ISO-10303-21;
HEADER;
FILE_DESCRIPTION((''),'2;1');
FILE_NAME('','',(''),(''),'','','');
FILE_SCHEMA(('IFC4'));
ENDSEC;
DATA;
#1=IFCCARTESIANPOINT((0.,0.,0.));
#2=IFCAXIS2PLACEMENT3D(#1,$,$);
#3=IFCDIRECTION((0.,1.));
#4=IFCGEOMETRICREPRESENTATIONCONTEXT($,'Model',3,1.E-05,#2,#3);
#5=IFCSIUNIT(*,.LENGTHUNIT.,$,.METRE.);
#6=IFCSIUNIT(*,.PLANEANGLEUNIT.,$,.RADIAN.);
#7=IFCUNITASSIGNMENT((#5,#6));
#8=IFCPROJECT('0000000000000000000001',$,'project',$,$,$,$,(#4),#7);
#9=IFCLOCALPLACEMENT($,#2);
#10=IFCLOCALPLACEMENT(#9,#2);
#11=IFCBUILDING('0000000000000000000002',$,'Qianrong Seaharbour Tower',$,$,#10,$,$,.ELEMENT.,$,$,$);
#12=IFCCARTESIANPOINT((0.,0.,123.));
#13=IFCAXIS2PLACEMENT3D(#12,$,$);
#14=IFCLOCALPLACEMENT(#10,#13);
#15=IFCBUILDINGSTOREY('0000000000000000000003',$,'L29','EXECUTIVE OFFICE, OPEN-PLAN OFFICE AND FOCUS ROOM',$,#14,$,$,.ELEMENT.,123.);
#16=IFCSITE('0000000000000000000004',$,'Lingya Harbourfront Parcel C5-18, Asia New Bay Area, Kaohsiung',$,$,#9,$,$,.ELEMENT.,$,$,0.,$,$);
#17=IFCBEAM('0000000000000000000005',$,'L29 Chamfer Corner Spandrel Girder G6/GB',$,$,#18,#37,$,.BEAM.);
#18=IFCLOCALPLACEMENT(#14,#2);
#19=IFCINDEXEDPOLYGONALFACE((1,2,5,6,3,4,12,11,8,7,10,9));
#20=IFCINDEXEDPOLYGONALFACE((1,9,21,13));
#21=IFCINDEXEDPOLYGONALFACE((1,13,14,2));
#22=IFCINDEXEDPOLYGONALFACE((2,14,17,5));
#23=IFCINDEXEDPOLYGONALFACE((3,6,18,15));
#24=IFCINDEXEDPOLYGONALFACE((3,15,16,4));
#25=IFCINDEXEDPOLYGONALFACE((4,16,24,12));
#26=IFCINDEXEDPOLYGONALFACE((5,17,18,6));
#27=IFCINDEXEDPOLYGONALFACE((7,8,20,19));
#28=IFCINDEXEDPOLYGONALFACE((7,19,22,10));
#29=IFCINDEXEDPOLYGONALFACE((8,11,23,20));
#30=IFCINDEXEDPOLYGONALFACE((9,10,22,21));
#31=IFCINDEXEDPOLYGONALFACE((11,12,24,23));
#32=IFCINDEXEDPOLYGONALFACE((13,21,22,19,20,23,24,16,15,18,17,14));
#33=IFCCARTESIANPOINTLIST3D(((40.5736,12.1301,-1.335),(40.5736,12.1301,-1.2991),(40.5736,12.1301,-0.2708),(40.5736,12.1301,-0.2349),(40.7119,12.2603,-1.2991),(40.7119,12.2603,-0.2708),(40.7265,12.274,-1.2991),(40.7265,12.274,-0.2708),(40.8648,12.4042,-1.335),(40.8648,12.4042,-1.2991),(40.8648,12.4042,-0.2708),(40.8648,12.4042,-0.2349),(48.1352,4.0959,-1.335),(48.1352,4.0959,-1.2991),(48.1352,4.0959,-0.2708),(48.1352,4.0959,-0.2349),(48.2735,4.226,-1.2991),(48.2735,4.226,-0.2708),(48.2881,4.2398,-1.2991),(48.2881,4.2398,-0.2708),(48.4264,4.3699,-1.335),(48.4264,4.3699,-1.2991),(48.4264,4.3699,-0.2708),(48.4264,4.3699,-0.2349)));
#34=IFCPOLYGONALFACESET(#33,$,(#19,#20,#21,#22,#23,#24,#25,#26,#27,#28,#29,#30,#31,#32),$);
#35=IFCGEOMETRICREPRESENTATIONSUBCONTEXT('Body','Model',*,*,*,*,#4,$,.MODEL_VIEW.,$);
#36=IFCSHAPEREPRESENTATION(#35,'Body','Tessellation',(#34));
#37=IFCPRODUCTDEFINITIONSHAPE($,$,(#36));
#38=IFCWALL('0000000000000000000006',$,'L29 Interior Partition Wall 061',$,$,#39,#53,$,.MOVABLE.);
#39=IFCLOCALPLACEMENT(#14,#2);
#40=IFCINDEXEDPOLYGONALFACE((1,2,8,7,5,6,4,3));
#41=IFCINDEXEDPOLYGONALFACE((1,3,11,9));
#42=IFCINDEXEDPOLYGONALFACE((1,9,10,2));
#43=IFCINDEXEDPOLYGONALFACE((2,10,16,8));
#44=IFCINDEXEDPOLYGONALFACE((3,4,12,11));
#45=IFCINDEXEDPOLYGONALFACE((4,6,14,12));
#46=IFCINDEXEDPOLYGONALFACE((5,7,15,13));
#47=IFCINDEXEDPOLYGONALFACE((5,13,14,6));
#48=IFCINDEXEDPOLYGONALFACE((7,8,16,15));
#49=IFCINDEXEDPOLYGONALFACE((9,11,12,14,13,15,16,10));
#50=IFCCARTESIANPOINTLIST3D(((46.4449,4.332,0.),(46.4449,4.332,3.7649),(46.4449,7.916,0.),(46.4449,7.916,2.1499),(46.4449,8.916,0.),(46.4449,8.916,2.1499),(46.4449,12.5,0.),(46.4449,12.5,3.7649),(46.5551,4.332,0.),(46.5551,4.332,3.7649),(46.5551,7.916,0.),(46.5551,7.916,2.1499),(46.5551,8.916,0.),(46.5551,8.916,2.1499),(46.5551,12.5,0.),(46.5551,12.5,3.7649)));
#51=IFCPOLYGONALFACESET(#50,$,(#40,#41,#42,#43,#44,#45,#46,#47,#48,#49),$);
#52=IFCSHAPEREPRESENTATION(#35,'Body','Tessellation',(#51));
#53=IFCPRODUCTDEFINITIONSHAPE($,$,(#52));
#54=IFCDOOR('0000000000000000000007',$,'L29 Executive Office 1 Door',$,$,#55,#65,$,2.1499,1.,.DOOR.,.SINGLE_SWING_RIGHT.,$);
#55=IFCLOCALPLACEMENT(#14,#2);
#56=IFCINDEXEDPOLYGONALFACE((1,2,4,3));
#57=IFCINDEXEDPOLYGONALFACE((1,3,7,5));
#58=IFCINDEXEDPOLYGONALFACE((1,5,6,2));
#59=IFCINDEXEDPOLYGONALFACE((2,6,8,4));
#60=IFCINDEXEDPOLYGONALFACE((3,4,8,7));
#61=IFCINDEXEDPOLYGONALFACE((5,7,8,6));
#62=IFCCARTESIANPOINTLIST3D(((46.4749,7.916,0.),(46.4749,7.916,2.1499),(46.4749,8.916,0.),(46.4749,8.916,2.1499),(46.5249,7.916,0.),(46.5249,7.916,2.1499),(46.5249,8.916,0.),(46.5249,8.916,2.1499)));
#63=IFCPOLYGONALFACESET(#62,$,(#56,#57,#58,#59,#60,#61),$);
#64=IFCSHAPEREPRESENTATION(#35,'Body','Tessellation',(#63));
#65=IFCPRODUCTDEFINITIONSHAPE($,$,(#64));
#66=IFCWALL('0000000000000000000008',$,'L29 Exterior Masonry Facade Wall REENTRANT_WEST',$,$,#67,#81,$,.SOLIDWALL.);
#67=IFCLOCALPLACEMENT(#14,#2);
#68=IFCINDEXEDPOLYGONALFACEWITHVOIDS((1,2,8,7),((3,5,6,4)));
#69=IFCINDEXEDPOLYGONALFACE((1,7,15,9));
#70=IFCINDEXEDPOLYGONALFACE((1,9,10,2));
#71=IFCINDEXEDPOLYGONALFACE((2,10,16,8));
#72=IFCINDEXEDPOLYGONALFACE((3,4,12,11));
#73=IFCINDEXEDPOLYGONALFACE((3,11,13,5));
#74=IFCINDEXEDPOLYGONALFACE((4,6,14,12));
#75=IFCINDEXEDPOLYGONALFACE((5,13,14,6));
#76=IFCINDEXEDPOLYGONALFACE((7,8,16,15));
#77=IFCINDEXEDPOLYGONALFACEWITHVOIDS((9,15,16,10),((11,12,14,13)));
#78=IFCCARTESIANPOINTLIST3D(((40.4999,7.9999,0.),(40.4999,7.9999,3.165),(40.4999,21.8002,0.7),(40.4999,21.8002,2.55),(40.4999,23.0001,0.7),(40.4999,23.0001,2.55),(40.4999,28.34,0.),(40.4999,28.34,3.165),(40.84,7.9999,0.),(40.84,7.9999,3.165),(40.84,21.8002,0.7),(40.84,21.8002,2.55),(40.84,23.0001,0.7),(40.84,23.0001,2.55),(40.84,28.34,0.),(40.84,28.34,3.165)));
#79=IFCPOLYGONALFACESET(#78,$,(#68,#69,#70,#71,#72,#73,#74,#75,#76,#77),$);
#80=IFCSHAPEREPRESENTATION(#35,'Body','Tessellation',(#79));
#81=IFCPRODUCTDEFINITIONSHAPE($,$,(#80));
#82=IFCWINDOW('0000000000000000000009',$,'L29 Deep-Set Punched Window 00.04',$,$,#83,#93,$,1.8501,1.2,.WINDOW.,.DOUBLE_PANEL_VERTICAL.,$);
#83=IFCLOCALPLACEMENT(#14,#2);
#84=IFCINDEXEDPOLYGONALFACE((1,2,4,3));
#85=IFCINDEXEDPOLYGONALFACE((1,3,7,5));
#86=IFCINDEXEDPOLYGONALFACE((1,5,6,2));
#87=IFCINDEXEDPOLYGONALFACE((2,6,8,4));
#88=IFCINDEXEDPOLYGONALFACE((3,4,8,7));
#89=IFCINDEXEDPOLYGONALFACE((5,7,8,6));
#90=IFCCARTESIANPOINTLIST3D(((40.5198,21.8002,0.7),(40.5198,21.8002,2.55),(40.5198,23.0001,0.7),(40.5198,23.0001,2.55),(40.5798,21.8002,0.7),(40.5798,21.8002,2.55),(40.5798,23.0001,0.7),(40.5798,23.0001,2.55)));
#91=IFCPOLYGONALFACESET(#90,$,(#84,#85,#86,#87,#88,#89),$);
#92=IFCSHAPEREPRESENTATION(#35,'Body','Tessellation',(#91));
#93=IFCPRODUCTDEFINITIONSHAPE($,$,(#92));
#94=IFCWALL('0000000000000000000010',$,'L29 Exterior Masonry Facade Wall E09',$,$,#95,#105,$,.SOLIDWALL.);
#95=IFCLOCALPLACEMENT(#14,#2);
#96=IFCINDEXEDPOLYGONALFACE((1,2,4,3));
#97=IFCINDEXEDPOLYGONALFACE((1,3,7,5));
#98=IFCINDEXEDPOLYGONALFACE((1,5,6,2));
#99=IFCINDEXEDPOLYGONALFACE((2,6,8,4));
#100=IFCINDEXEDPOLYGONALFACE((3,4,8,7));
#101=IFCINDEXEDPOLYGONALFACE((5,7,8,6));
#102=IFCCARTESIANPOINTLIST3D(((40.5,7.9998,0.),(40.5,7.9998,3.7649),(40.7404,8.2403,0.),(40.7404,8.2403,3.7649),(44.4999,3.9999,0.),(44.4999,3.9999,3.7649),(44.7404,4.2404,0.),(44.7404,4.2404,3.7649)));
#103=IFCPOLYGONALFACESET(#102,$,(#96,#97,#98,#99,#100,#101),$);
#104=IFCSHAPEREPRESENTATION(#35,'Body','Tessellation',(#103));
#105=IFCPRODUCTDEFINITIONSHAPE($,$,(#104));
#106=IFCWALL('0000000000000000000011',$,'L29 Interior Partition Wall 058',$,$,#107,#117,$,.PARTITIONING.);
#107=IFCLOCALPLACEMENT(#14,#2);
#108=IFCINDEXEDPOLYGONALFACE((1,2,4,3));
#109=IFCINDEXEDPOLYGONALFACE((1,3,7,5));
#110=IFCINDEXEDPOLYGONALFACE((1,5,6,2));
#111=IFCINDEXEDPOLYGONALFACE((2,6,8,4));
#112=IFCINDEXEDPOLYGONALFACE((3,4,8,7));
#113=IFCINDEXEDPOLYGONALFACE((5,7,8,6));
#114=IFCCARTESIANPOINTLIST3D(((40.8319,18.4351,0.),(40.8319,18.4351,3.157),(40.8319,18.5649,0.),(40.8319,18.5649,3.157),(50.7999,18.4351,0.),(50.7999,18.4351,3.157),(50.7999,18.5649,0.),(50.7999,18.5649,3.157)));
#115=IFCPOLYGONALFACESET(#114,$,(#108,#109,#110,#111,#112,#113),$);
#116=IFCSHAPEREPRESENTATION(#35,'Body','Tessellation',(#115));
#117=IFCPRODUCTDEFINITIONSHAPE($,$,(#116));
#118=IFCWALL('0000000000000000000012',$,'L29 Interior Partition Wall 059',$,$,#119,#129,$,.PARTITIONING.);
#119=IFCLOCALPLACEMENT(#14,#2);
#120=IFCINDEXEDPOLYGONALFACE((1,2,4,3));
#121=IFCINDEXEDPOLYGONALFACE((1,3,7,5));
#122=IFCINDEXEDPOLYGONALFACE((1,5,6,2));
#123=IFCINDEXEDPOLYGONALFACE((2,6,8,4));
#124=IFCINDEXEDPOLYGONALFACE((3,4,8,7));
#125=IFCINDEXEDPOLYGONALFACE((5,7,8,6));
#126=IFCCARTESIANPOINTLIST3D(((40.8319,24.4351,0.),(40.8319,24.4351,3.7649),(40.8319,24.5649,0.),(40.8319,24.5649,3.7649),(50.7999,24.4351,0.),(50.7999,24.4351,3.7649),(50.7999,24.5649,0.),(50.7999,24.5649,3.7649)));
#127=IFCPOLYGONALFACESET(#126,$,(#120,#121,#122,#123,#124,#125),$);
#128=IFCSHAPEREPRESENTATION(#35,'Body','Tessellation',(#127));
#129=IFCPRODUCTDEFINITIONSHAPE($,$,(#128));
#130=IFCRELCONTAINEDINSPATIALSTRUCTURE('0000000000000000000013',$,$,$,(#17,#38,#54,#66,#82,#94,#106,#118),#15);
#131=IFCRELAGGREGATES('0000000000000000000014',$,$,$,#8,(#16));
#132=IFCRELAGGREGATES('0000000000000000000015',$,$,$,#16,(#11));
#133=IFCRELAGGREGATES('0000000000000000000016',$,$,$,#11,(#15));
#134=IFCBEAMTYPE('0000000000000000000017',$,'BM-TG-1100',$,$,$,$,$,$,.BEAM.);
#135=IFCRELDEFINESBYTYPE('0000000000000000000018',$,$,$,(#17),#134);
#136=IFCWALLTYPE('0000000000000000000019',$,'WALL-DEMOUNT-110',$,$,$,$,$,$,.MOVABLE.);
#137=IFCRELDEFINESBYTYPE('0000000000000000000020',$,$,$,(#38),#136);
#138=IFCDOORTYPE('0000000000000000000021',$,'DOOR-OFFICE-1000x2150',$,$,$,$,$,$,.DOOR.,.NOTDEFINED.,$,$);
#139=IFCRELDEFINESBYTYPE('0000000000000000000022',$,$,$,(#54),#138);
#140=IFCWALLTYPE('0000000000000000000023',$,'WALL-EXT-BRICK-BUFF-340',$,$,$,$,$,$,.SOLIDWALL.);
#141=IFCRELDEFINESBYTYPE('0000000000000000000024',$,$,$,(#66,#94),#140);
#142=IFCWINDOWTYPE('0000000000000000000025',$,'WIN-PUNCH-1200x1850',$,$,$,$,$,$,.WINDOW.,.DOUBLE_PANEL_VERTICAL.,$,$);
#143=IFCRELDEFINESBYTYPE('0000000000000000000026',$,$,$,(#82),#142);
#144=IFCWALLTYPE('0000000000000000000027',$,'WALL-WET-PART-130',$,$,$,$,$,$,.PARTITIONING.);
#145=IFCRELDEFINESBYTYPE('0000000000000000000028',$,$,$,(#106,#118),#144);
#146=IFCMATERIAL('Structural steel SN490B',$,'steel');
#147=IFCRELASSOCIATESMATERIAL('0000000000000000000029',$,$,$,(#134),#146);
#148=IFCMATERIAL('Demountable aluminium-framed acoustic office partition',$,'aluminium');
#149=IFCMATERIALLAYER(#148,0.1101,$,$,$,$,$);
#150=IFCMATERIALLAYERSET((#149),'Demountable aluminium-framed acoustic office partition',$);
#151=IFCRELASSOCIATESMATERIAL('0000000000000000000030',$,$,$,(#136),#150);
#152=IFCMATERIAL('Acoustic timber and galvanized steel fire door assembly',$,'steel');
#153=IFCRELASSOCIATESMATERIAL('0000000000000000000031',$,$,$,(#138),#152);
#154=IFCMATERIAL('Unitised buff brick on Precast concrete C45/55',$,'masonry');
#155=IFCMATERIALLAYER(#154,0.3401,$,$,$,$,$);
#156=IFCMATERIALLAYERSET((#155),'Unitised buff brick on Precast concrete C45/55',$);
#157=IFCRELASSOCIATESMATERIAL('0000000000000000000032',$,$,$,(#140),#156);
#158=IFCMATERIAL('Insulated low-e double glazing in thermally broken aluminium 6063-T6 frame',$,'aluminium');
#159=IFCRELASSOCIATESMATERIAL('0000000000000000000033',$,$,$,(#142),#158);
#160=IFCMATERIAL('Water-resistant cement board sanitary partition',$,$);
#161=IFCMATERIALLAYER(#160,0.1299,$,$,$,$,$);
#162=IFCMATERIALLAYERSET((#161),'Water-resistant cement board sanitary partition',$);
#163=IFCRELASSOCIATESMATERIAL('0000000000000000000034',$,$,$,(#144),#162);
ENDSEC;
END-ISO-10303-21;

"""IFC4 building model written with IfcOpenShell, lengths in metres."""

from ifc_helpers import new_model, si_unit, direction, frame, frame_2d, origin, origin_2d, place, context, subcontext, project, spatial, rectangle, i_section, extrude, material, layer, layer_set, material_profile, profile_set, type_object, element, fill, save


model = new_model("IFC4")

# Units and contexts
model_context = context("Model", 3, precision=1e-05, world=origin(), true_north=direction((0.0, 1.0)))
body_context = subcontext(model_context, "Body", "Model", "MODEL_VIEW")
ifc_project = project(units=[si_unit("LENGTHUNIT", "METRE"), si_unit("PLANEANGLEUNIT", "RADIAN")], contexts=[model_context])

# Site, building, storey
site_placement = place(None, origin())
site = spatial("IfcSite", under=ifc_project, at=site_placement, Name="Lingya Harbourfront Parcel C5-18, Asia New Bay Area, Kaohsiung", CompositionType="ELEMENT", RefElevation=0.0)
building_placement = place(site_placement, origin())
building = spatial("IfcBuilding", under=site, at=building_placement, Name="Qianrong Seaharbour Tower", CompositionType="ELEMENT")
storey_placement = place(building_placement, frame((0.0, 0.0, 123.0)))
storey = spatial("IfcBuildingStorey", under=building, at=storey_placement, Name="L29", Description="EXECUTIVE OFFICE, OPEN-PLAN OFFICE AND FOCUS ROOM", CompositionType="ELEMENT", Elevation=123.0)

# Shared definitions
ifc_material_1 = material(Name="Structural steel SN490B", Category="steel")

# Beam
ifc_material_profile_1 = material_profile(ifc_material_1, i_section(OverallWidth=0.3999, OverallDepth=1.1001, WebThickness=0.02, FlangeThickness=0.0359, at=origin_2d()), Name="BH1100x400x20x36")
ifc_profile_set_1 = profile_set([ifc_material_profile_1], Name="Structural steel SN490B")
beam_type_1 = type_object("IfcBeamType", Name="BM-TG-1100", PredefinedType="BEAM", material=ifc_profile_set_1)
beam_1_placement = place(storey_placement, frame((48.2808, 4.2329, -0.7849), z_axis=(-0.685362, 0.728203, 0.0), x_axis=(-0.728203, -0.685362, 0.0)))
element("IfcBeam", 1, at=beam_1_placement, inside=storey, type_object=beam_type_1, Name="L29 Chamfer Corner Spandrel Girder G6/GB", PredefinedType="BEAM", context=body_context, shape_type="SweptSolid", body=[
    extrude(i_section(OverallWidth=0.3999, OverallDepth=1.1001, WebThickness=0.02, FlangeThickness=0.0359, at=origin_2d()), origin(), (0.0, 0.0, 1.0), 11.033),
])

# Wall, opening, door
ifc_material_2 = material(Name="Demountable aluminium-framed acoustic office partition", Category="aluminium")
ifc_layer_1 = layer(ifc_material_2, 0.1101)
ifc_layer_set_1 = layer_set([ifc_layer_1], Name="Demountable aluminium-framed acoustic office partition")
wall_type_1 = type_object("IfcWallType", Name="WALL-DEMOUNT-110", PredefinedType="MOVABLE", material=ifc_layer_set_1)
wall_1_placement = place(storey_placement, frame((46.5, 12.5, 0.0), z_axis=(0.0, 0.0, 1.0), x_axis=(0.0, -1.0, 0.0)))
wall_1 = element("IfcWall", 2, at=wall_1_placement, inside=storey, type_object=wall_type_1, Name="L29 Interior Partition Wall 061", PredefinedType="MOVABLE", context=body_context, shape_type="SweptSolid", body=[
    extrude(rectangle(XDim=8.168, YDim=0.1101, at=frame_2d((4.084, 0.0))), origin(), (0.0, 0.0, 1.0), 3.7649),
])
opening_1_placement = place(wall_1_placement, frame((3.584, 0.0, 0.0)))
opening_1 = element("IfcOpeningElement", 3, at=opening_1_placement, cuts=wall_1, PredefinedType="OPENING", context=body_context, shape_type="SweptSolid", body=[
    extrude(rectangle(XDim=1.0, YDim=2.1499, at=frame_2d((0.5, 1.075))), frame((0.0, 0.0649, 0.0), z_axis=(0.0, -1.0, 0.0), x_axis=(1.0, 0.0, 0.0)), (0.0, 0.0, 1.0), 0.1301),
])
ifc_material_3 = material(Name="Acoustic timber and galvanized steel fire door assembly", Category="steel")
door_type = type_object("IfcDoorType", Name="DOOR-OFFICE-1000x2150", OperationType="NOTDEFINED", PredefinedType="DOOR", material=ifc_material_3)
door_placement = place(opening_1_placement, origin())
door = element("IfcDoor", 4, at=door_placement, inside=storey, type_object=door_type, Name="L29 Executive Office 1 Door", OperationType="SINGLE_SWING_RIGHT", OverallHeight=2.1499, OverallWidth=1.0, PredefinedType="DOOR", context=body_context, shape_type="SweptSolid", body=[
    extrude(rectangle(XDim=1.0, YDim=2.1499, at=frame_2d((0.5, 1.075))), frame((0.0, 0.0249, 0.0), z_axis=(0.0, -1.0, 0.0), x_axis=(1.0, 0.0, 0.0)), (0.0, 0.0, 1.0), 0.05),
])
fill(opening_1, door)

# Wall, opening, window
ifc_material_4 = material(Name="Unitised buff brick on Precast concrete C45/55", Category="masonry")
ifc_layer_2 = layer(ifc_material_4, 0.3401)
ifc_layer_set_2 = layer_set([ifc_layer_2], Name="Unitised buff brick on Precast concrete C45/55")
wall_type_2 = type_object("IfcWallType", Name="WALL-EXT-BRICK-BUFF-340", PredefinedType="SOLIDWALL", material=ifc_layer_set_2)
wall_2_placement = place(storey_placement, frame((40.6699, 8.0, 0.0), z_axis=(0.0, 0.0, 1.0), x_axis=(0.0, 1.0, 0.0)))
wall_2 = element("IfcWall", 5, at=wall_2_placement, inside=storey, type_object=wall_type_2, Name="L29 Exterior Masonry Facade Wall REENTRANT_WEST", PredefinedType="SOLIDWALL", context=body_context, shape_type="SweptSolid", body=[
    extrude(rectangle(XDim=20.3401, YDim=0.3401, at=frame_2d((10.1699, 0.0))), origin(), (0.0, 0.0, 1.0), 3.165),
])
opening_2_placement = place(wall_2_placement, frame((13.8, 0.0, 0.7)))
opening_2 = element("IfcOpeningElement", 6, at=opening_2_placement, cuts=wall_2, PredefinedType="OPENING", context=body_context, shape_type="SweptSolid", body=[
    extrude(rectangle(XDim=1.2, YDim=1.8501, at=frame_2d((0.6001, 0.925))), frame((0.0, 0.1802, 0.0), z_axis=(0.0, -1.0, 0.0), x_axis=(1.0, 0.0, 0.0)), (0.0, 0.0, 1.0), 0.3601),
])
ifc_material_5 = material(Name="Insulated low-e double glazing in thermally broken aluminium 6063-T6 frame", Category="aluminium")
window_type = type_object("IfcWindowType", Name="WIN-PUNCH-1200x1850", PartitioningType="DOUBLE_PANEL_VERTICAL", PredefinedType="WINDOW", material=ifc_material_5)
window_placement = place(opening_2_placement, origin())
window = element("IfcWindow", 7, at=window_placement, inside=storey, type_object=window_type, Name="L29 Deep-Set Punched Window 00.04", OverallHeight=1.8501, OverallWidth=1.2, PartitioningType="DOUBLE_PANEL_VERTICAL", PredefinedType="WINDOW", context=body_context, shape_type="SweptSolid", body=[
    extrude(rectangle(XDim=1.2, YDim=1.8501, at=frame_2d((0.6001, 0.925))), frame((0.0, 0.1501, 0.0), z_axis=(0.0, -1.0, 0.0), x_axis=(1.0, 0.0, 0.0)), (0.0, 0.0, 1.0), 0.0601),
])
fill(opening_2, window)

# Walls
wall_3_placement = place(storey_placement, frame((44.6201, 4.1201, 0.0), z_axis=(0.0, 0.0, 1.0), x_axis=(-0.707107, 0.707107, 0.0)))
element("IfcWall", 8, at=wall_3_placement, inside=storey, type_object=wall_type_2, Name="L29 Exterior Masonry Facade Wall E09", PredefinedType="SOLIDWALL", context=body_context, shape_type="SweptSolid", body=[
    extrude(rectangle(XDim=5.6567, YDim=0.3401, at=frame_2d((2.8284, 0.0))), origin(), (0.0, 0.0, 1.0), 3.7649),
])
ifc_material_6 = material(Name="Water-resistant cement board sanitary partition")
ifc_layer_3 = layer(ifc_material_6, 0.1299)
ifc_layer_set_3 = layer_set([ifc_layer_3], Name="Water-resistant cement board sanitary partition")
wall_type_3 = type_object("IfcWallType", Name="WALL-WET-PART-130", PredefinedType="PARTITIONING", material=ifc_layer_set_3)
wall_4_placement = place(storey_placement, frame((40.832, 18.5, 0.0), z_axis=(0.0, 0.0, 1.0), x_axis=(1.0, 0.0, 0.0)))
element("IfcWall", 9, at=wall_4_placement, inside=storey, type_object=wall_type_3, Name="L29 Interior Partition Wall 058", PredefinedType="PARTITIONING", context=body_context, shape_type="SweptSolid", body=[
    extrude(rectangle(XDim=9.968, YDim=0.1299, at=frame_2d((4.9839, 0.0))), origin(), (0.0, 0.0, 1.0), 3.157),
])
wall_5_placement = place(storey_placement, frame((40.832, 24.5, 0.0), z_axis=(0.0, 0.0, 1.0), x_axis=(1.0, 0.0, 0.0)))
element("IfcWall", 10, at=wall_5_placement, inside=storey, type_object=wall_type_3, Name="L29 Interior Partition Wall 059", PredefinedType="PARTITIONING", context=body_context, shape_type="SweptSolid", body=[
    extrude(rectangle(XDim=9.968, YDim=0.1299, at=frame_2d((4.9839, 0.0))), origin(), (0.0, 0.0, 1.0), 3.7649),
])

save(model, "model.ifc")
